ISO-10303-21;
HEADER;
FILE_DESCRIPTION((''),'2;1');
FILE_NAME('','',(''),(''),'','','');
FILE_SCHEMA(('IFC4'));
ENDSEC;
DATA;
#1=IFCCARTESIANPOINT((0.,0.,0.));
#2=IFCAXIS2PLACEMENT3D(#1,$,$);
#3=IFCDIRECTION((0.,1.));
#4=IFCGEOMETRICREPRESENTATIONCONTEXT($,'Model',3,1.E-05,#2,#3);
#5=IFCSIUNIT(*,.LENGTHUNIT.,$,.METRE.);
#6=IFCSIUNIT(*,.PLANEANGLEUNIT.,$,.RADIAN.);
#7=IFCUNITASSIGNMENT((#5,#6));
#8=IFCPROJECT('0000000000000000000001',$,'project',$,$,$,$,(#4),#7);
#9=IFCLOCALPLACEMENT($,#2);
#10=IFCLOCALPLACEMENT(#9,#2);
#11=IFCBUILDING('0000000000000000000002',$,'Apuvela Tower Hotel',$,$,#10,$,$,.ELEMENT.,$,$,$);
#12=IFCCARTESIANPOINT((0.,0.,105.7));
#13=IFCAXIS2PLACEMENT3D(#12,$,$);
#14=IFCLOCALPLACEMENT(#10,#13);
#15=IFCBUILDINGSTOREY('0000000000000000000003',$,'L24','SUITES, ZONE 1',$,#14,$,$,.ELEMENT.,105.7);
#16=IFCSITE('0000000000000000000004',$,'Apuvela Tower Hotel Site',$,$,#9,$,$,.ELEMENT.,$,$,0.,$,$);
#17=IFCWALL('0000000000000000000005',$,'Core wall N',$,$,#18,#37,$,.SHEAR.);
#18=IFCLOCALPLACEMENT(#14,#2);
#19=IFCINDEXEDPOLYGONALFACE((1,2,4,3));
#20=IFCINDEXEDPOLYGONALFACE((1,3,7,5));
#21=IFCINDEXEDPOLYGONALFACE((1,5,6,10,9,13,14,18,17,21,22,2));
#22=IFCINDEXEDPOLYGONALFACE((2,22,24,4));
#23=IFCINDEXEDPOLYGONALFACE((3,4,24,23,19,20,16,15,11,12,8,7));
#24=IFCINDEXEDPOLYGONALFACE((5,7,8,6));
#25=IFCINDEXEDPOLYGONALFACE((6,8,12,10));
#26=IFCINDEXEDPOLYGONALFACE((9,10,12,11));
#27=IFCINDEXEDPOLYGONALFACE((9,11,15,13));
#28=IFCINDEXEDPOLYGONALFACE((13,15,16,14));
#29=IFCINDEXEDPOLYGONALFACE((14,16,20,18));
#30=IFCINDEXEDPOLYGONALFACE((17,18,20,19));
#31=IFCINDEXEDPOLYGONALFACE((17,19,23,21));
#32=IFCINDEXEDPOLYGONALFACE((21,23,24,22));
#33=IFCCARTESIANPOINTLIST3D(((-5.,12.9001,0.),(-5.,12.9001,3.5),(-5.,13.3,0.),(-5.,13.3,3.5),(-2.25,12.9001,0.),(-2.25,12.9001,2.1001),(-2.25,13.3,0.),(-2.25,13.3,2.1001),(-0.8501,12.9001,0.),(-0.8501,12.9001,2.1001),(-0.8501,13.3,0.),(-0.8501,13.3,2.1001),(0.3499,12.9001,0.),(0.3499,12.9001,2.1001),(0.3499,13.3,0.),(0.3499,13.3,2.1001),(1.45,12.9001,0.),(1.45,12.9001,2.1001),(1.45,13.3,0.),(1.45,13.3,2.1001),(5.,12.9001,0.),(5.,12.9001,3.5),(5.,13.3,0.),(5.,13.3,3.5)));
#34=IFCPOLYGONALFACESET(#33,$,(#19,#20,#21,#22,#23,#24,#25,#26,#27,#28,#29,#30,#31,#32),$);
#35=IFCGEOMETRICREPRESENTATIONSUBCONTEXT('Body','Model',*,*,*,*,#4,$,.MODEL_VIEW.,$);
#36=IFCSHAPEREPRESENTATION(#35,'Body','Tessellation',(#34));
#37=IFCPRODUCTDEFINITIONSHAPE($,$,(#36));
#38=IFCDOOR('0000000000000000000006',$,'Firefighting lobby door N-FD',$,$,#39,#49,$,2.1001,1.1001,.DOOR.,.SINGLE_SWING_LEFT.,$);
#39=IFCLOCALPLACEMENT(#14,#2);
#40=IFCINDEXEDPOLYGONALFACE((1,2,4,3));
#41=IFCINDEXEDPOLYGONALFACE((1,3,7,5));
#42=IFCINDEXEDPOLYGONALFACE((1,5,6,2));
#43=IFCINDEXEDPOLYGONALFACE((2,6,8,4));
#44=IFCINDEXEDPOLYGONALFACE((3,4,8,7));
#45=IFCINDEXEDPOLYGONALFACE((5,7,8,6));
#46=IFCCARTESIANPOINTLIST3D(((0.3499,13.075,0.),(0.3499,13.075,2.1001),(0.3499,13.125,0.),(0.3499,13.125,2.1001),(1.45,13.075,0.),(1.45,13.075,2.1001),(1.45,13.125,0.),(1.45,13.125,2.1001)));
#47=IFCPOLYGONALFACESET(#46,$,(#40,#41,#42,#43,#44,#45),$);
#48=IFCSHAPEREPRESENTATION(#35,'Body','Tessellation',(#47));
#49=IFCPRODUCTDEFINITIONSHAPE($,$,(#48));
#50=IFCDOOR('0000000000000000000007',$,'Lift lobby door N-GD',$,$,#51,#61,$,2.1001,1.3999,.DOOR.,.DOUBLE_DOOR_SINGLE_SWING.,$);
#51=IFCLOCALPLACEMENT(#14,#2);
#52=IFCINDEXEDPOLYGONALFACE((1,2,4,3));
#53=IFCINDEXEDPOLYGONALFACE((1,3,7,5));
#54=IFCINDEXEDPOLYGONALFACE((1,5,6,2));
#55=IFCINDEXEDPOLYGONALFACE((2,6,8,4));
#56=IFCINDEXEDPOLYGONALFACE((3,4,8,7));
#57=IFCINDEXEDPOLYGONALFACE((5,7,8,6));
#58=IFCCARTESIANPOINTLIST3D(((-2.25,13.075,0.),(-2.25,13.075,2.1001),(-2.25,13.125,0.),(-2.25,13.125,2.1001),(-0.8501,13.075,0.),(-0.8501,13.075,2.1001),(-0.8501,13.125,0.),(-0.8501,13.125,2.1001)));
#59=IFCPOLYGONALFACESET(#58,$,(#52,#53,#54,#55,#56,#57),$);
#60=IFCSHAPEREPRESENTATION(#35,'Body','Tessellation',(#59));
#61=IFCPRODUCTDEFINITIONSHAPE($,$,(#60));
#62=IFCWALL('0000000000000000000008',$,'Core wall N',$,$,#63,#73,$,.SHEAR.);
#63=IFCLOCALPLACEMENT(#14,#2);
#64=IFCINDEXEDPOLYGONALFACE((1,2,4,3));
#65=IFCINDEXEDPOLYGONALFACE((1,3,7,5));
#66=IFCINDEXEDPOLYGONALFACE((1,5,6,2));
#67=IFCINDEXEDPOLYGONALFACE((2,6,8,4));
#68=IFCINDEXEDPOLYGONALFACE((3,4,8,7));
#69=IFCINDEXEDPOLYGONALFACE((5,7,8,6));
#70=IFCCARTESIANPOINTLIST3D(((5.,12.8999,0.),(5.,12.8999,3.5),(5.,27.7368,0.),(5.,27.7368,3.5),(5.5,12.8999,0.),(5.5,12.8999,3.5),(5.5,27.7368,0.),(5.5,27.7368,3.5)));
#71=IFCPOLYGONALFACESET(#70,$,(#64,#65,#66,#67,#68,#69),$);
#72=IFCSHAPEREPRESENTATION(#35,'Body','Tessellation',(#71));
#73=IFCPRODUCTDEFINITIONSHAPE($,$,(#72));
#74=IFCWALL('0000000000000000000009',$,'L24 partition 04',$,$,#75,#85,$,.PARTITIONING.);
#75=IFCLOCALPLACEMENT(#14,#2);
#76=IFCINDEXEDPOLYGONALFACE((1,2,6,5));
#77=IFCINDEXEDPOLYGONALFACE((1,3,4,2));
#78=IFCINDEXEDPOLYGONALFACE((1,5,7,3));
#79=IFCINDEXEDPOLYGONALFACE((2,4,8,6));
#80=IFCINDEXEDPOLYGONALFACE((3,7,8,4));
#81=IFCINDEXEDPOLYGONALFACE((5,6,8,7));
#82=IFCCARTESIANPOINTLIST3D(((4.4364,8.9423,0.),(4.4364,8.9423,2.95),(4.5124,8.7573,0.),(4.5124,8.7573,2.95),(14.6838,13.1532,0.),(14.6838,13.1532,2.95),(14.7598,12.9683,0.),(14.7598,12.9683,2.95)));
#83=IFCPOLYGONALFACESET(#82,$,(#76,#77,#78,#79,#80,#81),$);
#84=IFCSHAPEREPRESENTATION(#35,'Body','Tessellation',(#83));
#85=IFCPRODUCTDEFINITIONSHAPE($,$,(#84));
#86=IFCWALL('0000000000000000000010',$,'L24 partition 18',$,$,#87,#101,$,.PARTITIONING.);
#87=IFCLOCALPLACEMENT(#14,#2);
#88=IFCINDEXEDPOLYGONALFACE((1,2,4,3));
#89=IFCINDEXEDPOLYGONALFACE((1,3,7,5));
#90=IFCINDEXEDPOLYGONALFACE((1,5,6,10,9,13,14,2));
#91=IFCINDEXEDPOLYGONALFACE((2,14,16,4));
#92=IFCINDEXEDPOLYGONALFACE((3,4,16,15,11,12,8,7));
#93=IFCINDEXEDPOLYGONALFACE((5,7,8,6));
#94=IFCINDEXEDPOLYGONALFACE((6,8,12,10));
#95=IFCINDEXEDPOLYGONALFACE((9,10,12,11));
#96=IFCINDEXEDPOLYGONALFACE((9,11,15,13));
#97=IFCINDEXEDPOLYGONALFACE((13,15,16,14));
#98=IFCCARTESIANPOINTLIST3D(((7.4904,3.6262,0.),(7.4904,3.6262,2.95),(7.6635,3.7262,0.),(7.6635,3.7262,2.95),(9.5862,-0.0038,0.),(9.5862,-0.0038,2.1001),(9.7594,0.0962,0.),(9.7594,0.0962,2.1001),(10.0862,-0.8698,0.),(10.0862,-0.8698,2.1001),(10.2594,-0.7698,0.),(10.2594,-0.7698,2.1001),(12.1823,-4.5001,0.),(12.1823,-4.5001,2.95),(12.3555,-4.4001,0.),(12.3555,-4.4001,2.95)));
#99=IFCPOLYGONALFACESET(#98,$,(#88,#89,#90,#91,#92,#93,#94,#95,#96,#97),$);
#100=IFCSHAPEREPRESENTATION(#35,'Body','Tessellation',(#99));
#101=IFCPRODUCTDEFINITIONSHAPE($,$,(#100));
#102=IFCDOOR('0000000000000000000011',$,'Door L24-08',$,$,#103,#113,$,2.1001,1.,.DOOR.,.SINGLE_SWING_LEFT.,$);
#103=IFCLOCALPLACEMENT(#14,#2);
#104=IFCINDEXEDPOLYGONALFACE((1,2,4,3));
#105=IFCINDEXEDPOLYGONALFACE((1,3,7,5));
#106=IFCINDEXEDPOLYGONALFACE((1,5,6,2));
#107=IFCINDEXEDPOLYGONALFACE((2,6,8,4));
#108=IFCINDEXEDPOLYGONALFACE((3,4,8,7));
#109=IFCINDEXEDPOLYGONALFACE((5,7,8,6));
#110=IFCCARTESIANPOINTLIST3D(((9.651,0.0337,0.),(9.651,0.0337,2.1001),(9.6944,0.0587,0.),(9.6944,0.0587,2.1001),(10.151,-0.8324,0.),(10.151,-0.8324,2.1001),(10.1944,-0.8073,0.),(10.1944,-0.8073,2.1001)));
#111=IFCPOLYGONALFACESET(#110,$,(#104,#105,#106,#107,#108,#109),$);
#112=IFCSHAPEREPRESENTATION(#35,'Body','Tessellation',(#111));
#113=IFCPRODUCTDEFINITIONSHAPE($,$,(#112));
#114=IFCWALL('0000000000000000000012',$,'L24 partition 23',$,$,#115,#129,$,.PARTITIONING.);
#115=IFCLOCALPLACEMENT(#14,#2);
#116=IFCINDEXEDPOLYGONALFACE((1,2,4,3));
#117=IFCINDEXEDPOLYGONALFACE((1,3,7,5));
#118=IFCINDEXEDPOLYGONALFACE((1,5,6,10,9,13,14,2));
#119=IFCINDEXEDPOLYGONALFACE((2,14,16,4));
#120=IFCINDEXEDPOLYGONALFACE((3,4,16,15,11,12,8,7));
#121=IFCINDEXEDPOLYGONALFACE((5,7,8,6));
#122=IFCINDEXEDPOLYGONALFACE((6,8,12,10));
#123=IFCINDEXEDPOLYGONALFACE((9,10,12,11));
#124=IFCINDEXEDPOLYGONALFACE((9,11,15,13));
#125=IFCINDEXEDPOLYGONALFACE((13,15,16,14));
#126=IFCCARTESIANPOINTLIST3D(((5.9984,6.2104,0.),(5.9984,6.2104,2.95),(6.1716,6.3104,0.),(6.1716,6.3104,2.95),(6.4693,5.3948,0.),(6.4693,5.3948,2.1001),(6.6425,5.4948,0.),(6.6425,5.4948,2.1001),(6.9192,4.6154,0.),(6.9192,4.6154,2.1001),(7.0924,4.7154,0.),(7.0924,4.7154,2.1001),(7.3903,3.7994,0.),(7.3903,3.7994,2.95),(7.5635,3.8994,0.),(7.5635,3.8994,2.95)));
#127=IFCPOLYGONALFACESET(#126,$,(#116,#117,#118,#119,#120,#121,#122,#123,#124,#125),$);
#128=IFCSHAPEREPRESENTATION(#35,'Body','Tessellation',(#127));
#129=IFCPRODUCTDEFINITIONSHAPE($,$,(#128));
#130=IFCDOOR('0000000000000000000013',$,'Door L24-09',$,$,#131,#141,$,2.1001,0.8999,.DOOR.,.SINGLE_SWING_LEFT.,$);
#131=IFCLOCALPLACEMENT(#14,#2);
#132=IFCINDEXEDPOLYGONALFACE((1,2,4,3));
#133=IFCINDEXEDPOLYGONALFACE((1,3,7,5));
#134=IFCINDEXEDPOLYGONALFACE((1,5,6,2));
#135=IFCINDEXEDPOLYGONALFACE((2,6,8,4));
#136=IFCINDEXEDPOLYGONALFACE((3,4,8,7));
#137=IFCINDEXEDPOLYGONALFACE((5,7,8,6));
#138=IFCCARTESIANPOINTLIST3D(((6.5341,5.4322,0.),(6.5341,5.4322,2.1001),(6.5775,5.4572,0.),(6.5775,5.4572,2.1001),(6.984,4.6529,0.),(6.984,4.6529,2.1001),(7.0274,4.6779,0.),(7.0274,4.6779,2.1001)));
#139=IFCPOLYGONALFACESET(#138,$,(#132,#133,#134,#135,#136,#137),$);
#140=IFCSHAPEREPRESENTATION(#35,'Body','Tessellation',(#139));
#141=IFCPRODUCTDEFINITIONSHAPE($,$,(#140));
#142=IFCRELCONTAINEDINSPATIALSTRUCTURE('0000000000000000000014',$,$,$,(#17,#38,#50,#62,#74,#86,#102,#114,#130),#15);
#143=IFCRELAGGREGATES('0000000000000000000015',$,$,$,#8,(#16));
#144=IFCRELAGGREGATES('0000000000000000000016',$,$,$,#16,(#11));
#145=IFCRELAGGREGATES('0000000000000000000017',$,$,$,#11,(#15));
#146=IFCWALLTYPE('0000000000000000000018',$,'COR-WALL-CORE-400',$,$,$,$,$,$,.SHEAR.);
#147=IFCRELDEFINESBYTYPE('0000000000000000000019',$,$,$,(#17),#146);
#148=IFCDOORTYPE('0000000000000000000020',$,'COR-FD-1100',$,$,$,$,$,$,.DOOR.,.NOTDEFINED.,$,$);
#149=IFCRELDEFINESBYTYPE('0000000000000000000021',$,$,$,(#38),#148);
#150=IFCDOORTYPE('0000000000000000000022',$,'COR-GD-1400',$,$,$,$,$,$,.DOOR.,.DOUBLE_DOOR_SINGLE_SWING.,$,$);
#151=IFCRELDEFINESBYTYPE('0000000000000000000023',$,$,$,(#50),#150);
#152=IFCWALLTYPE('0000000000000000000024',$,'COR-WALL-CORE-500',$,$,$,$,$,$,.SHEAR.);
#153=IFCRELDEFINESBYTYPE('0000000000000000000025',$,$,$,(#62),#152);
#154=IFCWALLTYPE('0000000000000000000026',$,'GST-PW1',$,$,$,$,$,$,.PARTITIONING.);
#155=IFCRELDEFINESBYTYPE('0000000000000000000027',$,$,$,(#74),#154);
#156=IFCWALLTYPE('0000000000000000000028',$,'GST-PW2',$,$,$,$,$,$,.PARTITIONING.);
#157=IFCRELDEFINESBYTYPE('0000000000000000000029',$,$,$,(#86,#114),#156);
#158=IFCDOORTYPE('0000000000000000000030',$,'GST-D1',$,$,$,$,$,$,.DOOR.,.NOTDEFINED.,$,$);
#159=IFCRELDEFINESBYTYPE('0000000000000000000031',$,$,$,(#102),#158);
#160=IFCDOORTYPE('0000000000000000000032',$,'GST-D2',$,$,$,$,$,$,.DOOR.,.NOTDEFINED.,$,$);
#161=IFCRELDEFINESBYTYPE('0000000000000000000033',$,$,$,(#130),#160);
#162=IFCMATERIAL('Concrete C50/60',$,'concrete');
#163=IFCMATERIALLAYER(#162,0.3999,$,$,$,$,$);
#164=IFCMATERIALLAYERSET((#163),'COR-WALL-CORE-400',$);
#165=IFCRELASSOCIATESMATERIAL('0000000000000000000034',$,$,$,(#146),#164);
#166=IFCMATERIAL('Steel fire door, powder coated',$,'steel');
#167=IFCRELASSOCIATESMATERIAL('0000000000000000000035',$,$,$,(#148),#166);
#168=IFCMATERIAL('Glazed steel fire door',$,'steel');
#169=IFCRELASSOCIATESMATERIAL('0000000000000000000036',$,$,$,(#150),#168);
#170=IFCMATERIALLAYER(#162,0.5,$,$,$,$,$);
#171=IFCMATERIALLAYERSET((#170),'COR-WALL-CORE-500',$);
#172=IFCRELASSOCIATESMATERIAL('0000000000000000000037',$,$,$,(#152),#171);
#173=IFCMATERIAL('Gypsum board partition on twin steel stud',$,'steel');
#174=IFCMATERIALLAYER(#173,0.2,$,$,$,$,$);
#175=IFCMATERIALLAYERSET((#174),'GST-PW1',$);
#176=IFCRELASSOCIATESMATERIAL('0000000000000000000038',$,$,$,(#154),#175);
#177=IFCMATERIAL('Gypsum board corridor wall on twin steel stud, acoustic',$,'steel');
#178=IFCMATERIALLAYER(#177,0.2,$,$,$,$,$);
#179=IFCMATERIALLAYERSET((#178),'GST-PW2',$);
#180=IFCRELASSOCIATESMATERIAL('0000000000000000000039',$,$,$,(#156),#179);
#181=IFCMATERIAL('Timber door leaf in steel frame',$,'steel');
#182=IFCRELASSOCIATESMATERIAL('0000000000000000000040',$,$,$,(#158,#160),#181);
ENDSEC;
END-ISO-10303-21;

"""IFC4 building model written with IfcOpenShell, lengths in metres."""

from ifc_helpers import new_model, si_unit, direction, frame, frame_2d, origin, place, context, subcontext, project, spatial, rectangle, extrude, material, layer, layer_set, type_object, element, fill, save


model = new_model("IFC4")

# Units and contexts
model_context = context("Model", 3, precision=1e-05, world=origin(), true_north=direction((0.0, 1.0)))
body_context = subcontext(model_context, "Body", "Model", "MODEL_VIEW")
ifc_project = project(units=[si_unit("LENGTHUNIT", "METRE"), si_unit("PLANEANGLEUNIT", "RADIAN")], contexts=[model_context])

# Site, building, storey
site_placement = place(None, origin())
site = spatial("IfcSite", under=ifc_project, at=site_placement, Name="Apuvela Tower Hotel Site", CompositionType="ELEMENT", RefElevation=0.0)
building_placement = place(site_placement, origin())
building = spatial("IfcBuilding", under=site, at=building_placement, Name="Apuvela Tower Hotel", CompositionType="ELEMENT")
storey_placement = place(building_placement, frame((0.0, 0.0, 105.7)))
storey = spatial("IfcBuildingStorey", under=building, at=storey_placement, Name="L24", Description="SUITES, ZONE 1", CompositionType="ELEMENT", Elevation=105.7)

# Shared definitions
ifc_material_1 = material(Name="Concrete C50/60", Category="concrete")

# Wall, openings, doors
ifc_layer_1 = layer(ifc_material_1, 0.3999)
ifc_layer_set_1 = layer_set([ifc_layer_1], Name="COR-WALL-CORE-400")
wall_type_1 = type_object("IfcWallType", Name="COR-WALL-CORE-400", PredefinedType="SHEAR", material=ifc_layer_set_1)
wall_1_placement = place(storey_placement, frame((5.0, 13.1001, 0.0), z_axis=(0.0, 0.0, 1.0), x_axis=(-1.0, 0.0, 0.0)))
wall_1 = element("IfcWall", 1, at=wall_1_placement, inside=storey, type_object=wall_type_1, Name="Core wall N", PredefinedType="SHEAR", context=body_context, shape_type="SweptSolid", body=[
    extrude(rectangle(XDim=10.0, YDim=0.3999, at=frame_2d((5.0, 0.0))), origin(), (0.0, 0.0, 1.0), 3.5),
])
opening_1_placement = place(wall_1_placement, frame((3.55, 0.0, 0.0)))
opening_1 = element("IfcOpeningElement", 2, at=opening_1_placement, cuts=wall_1, PredefinedType="OPENING", context=body_context, shape_type="SweptSolid", body=[
    extrude(rectangle(XDim=1.1001, YDim=2.1001, at=frame_2d((0.55, 1.05))), frame((0.0, 0.21, 0.0), z_axis=(0.0, -1.0, 0.0), x_axis=(1.0, 0.0, 0.0)), (0.0, 0.0, 1.0), 0.4199),
])
opening_2_placement = place(wall_1_placement, frame((5.8501, 0.0, 0.0)))
opening_2 = element("IfcOpeningElement", 3, at=opening_2_placement, cuts=wall_1, PredefinedType="OPENING", context=body_context, shape_type="SweptSolid", body=[
    extrude(rectangle(XDim=1.3999, YDim=2.1001, at=frame_2d((0.7, 1.05))), frame((0.0, 0.21, 0.0), z_axis=(0.0, -1.0, 0.0), x_axis=(1.0, 0.0, 0.0)), (0.0, 0.0, 1.0), 0.4199),
])
ifc_material_2 = material(Name="Steel fire door, powder coated", Category="steel")
door_type_1 = type_object("IfcDoorType", Name="COR-FD-1100", OperationType="NOTDEFINED", PredefinedType="DOOR", material=ifc_material_2)
door_1_placement = place(opening_1_placement, frame((1.1001, 0.0, 0.0), z_axis=(0.0, 0.0, 1.0), x_axis=(-1.0, 0.0, 0.0)))
door_1 = element("IfcDoor", 4, at=door_1_placement, inside=storey, type_object=door_type_1, Name="Firefighting lobby door N-FD", OperationType="SINGLE_SWING_LEFT", OverallHeight=2.1001, OverallWidth=1.1001, PredefinedType="DOOR", context=body_context, shape_type="SweptSolid", body=[
    extrude(rectangle(XDim=1.1001, YDim=2.1001, at=frame_2d((0.55, 1.05))), frame((0.0, 0.0249, 0.0), z_axis=(0.0, -1.0, 0.0), x_axis=(1.0, 0.0, 0.0)), (0.0, 0.0, 1.0), 0.05),
])
fill(opening_1, door_1)
ifc_material_3 = material(Name="Glazed steel fire door", Category="steel")
door_type_2 = type_object("IfcDoorType", Name="COR-GD-1400", OperationType="DOUBLE_DOOR_SINGLE_SWING", PredefinedType="DOOR", material=ifc_material_3)
door_2_placement = place(opening_2_placement, frame((1.3999, 0.0, 0.0), z_axis=(0.0, 0.0, 1.0), x_axis=(-1.0, 0.0, 0.0)))
door_2 = element("IfcDoor", 5, at=door_2_placement, inside=storey, type_object=door_type_2, Name="Lift lobby door N-GD", OperationType="DOUBLE_DOOR_SINGLE_SWING", OverallHeight=2.1001, OverallWidth=1.3999, PredefinedType="DOOR", context=body_context, shape_type="SweptSolid", body=[
    extrude(rectangle(XDim=1.3999, YDim=2.1001, at=frame_2d((0.7, 1.05))), frame((0.0, 0.0249, 0.0), z_axis=(0.0, -1.0, 0.0), x_axis=(1.0, 0.0, 0.0)), (0.0, 0.0, 1.0), 0.05),
])
fill(opening_2, door_2)

# Walls
ifc_layer_2 = layer(ifc_material_1, 0.5)
ifc_layer_set_2 = layer_set([ifc_layer_2], Name="COR-WALL-CORE-500")
wall_type_2 = type_object("IfcWallType", Name="COR-WALL-CORE-500", PredefinedType="SHEAR", material=ifc_layer_set_2)
wall_2_placement = place(storey_placement, frame((5.25, 12.8999, 0.0), z_axis=(0.0, 0.0, 1.0), x_axis=(0.0, 1.0, 0.0)))
element("IfcWall", 6, at=wall_2_placement, inside=storey, type_object=wall_type_2, Name="Core wall N", PredefinedType="SHEAR", context=body_context, shape_type="SweptSolid", body=[
    extrude(rectangle(XDim=14.8369, YDim=0.5, at=frame_2d((7.4185, 0.0))), origin(), (0.0, 0.0, 1.0), 3.5),
])
ifc_material_4 = material(Name="Gypsum board partition on twin steel stud", Category="steel")
ifc_layer_3 = layer(ifc_material_4, 0.2)
ifc_layer_set_3 = layer_set([ifc_layer_3], Name="GST-PW1")
wall_type_3 = type_object("IfcWallType", Name="GST-PW1", PredefinedType="PARTITIONING", material=ifc_layer_set_3)
wall_3_placement = place(storey_placement, frame((14.7219, 13.0608, 0.0), z_axis=(0.0, 0.0, 1.0), x_axis=(-0.924949, -0.38009, 0.0)))
element("IfcWall", 7, at=wall_3_placement, inside=storey, type_object=wall_type_3, Name="L24 partition 04", PredefinedType="PARTITIONING", context=body_context, shape_type="SweptSolid", body=[
    extrude(rectangle(XDim=11.0789, YDim=0.2, at=frame_2d((5.5396, 0.0))), origin(), (0.0, 0.0, 1.0), 2.95),
])

# Walls, openings, doors
ifc_material_5 = material(Name="Gypsum board corridor wall on twin steel stud, acoustic", Category="steel")
ifc_layer_4 = layer(ifc_material_5, 0.2)
ifc_layer_set_4 = layer_set([ifc_layer_4], Name="GST-PW2")
wall_type_4 = type_object("IfcWallType", Name="GST-PW2", PredefinedType="PARTITIONING", material=ifc_layer_set_4)
wall_4_placement = place(storey_placement, frame((7.5769, 3.6763, 0.0), z_axis=(0.0, 0.0, 1.0), x_axis=(0.500017, -0.866015, 0.0)))
wall_4 = element("IfcWall", 8, at=wall_4_placement, inside=storey, type_object=wall_type_4, Name="L24 partition 18", PredefinedType="PARTITIONING", context=body_context, shape_type="SweptSolid", body=[
    extrude(rectangle(XDim=9.3835, YDim=0.2, at=frame_2d((4.6919, 0.0))), origin(), (0.0, 0.0, 1.0), 2.95),
])
opening_3_placement = place(wall_4_placement, frame((4.1917, 0.0, 0.0)))
opening_3 = element("IfcOpeningElement", 9, at=opening_3_placement, cuts=wall_4, PredefinedType="OPENING", context=body_context, shape_type="SweptSolid", body=[
    extrude(rectangle(XDim=1.0, YDim=2.1001, at=frame_2d((0.5, 1.05))), frame((0.0, 0.1099, 0.0), z_axis=(0.0, -1.0, 0.0), x_axis=(1.0, 0.0, 0.0)), (0.0, 0.0, 1.0), 0.22),
])
ifc_material_6 = material(Name="Timber door leaf in steel frame", Category="steel")
door_type_3 = type_object("IfcDoorType", Name="GST-D1", OperationType="NOTDEFINED", PredefinedType="DOOR", material=ifc_material_6)
door_3_placement = place(opening_3_placement, origin())
door_3 = element("IfcDoor", 10, at=door_3_placement, inside=storey, type_object=door_type_3, Name="Door L24-08", OperationType="SINGLE_SWING_LEFT", OverallHeight=2.1001, OverallWidth=1.0, PredefinedType="DOOR", context=body_context, shape_type="SweptSolid", body=[
    extrude(rectangle(XDim=1.0, YDim=2.1001, at=frame_2d((0.5, 1.05))), frame((0.0, 0.0249, 0.0), z_axis=(0.0, -1.0, 0.0), x_axis=(1.0, 0.0, 0.0)), (0.0, 0.0, 1.0), 0.05),
])
fill(opening_3, door_3)
wall_5_placement = place(storey_placement, frame((6.085, 6.2605, 0.0), z_axis=(0.0, 0.0, 1.0), x_axis=(0.499978, -0.866038, 0.0)))
wall_5 = element("IfcWall", 11, at=wall_5_placement, inside=storey, type_object=wall_type_4, Name="L24 partition 23", PredefinedType="PARTITIONING", context=body_context, shape_type="SweptSolid", body=[
    extrude(rectangle(XDim=2.7839, YDim=0.2, at=frame_2d((1.3921, 0.0))), origin(), (0.0, 0.0, 1.0), 2.95),
])
opening_4_placement = place(wall_5_placement, frame((0.9419, 0.0, 0.0)))
opening_4 = element("IfcOpeningElement", 12, at=opening_4_placement, cuts=wall_5, PredefinedType="OPENING", context=body_context, shape_type="SweptSolid", body=[
    extrude(rectangle(XDim=0.8999, YDim=2.1001, at=frame_2d((0.45, 1.05))), frame((0.0, 0.1099, 0.0), z_axis=(0.0, -1.0, 0.0), x_axis=(1.0, 0.0, 0.0)), (0.0, 0.0, 1.0), 0.22),
])
door_type_4 = type_object("IfcDoorType", Name="GST-D2", OperationType="NOTDEFINED", PredefinedType="DOOR", material=ifc_material_6)
door_4_placement = place(opening_4_placement, origin())
door_4 = element("IfcDoor", 13, at=door_4_placement, inside=storey, type_object=door_type_4, Name="Door L24-09", OperationType="SINGLE_SWING_LEFT", OverallHeight=2.1001, OverallWidth=0.8999, PredefinedType="DOOR", context=body_context, shape_type="SweptSolid", body=[
    extrude(rectangle(XDim=0.8999, YDim=2.1001, at=frame_2d((0.45, 1.05))), frame((0.0, 0.0249, 0.0), z_axis=(0.0, -1.0, 0.0), x_axis=(1.0, 0.0, 0.0)), (0.0, 0.0, 1.0), 0.05),
])
fill(opening_4, door_4)

save(model, "model.ifc")
